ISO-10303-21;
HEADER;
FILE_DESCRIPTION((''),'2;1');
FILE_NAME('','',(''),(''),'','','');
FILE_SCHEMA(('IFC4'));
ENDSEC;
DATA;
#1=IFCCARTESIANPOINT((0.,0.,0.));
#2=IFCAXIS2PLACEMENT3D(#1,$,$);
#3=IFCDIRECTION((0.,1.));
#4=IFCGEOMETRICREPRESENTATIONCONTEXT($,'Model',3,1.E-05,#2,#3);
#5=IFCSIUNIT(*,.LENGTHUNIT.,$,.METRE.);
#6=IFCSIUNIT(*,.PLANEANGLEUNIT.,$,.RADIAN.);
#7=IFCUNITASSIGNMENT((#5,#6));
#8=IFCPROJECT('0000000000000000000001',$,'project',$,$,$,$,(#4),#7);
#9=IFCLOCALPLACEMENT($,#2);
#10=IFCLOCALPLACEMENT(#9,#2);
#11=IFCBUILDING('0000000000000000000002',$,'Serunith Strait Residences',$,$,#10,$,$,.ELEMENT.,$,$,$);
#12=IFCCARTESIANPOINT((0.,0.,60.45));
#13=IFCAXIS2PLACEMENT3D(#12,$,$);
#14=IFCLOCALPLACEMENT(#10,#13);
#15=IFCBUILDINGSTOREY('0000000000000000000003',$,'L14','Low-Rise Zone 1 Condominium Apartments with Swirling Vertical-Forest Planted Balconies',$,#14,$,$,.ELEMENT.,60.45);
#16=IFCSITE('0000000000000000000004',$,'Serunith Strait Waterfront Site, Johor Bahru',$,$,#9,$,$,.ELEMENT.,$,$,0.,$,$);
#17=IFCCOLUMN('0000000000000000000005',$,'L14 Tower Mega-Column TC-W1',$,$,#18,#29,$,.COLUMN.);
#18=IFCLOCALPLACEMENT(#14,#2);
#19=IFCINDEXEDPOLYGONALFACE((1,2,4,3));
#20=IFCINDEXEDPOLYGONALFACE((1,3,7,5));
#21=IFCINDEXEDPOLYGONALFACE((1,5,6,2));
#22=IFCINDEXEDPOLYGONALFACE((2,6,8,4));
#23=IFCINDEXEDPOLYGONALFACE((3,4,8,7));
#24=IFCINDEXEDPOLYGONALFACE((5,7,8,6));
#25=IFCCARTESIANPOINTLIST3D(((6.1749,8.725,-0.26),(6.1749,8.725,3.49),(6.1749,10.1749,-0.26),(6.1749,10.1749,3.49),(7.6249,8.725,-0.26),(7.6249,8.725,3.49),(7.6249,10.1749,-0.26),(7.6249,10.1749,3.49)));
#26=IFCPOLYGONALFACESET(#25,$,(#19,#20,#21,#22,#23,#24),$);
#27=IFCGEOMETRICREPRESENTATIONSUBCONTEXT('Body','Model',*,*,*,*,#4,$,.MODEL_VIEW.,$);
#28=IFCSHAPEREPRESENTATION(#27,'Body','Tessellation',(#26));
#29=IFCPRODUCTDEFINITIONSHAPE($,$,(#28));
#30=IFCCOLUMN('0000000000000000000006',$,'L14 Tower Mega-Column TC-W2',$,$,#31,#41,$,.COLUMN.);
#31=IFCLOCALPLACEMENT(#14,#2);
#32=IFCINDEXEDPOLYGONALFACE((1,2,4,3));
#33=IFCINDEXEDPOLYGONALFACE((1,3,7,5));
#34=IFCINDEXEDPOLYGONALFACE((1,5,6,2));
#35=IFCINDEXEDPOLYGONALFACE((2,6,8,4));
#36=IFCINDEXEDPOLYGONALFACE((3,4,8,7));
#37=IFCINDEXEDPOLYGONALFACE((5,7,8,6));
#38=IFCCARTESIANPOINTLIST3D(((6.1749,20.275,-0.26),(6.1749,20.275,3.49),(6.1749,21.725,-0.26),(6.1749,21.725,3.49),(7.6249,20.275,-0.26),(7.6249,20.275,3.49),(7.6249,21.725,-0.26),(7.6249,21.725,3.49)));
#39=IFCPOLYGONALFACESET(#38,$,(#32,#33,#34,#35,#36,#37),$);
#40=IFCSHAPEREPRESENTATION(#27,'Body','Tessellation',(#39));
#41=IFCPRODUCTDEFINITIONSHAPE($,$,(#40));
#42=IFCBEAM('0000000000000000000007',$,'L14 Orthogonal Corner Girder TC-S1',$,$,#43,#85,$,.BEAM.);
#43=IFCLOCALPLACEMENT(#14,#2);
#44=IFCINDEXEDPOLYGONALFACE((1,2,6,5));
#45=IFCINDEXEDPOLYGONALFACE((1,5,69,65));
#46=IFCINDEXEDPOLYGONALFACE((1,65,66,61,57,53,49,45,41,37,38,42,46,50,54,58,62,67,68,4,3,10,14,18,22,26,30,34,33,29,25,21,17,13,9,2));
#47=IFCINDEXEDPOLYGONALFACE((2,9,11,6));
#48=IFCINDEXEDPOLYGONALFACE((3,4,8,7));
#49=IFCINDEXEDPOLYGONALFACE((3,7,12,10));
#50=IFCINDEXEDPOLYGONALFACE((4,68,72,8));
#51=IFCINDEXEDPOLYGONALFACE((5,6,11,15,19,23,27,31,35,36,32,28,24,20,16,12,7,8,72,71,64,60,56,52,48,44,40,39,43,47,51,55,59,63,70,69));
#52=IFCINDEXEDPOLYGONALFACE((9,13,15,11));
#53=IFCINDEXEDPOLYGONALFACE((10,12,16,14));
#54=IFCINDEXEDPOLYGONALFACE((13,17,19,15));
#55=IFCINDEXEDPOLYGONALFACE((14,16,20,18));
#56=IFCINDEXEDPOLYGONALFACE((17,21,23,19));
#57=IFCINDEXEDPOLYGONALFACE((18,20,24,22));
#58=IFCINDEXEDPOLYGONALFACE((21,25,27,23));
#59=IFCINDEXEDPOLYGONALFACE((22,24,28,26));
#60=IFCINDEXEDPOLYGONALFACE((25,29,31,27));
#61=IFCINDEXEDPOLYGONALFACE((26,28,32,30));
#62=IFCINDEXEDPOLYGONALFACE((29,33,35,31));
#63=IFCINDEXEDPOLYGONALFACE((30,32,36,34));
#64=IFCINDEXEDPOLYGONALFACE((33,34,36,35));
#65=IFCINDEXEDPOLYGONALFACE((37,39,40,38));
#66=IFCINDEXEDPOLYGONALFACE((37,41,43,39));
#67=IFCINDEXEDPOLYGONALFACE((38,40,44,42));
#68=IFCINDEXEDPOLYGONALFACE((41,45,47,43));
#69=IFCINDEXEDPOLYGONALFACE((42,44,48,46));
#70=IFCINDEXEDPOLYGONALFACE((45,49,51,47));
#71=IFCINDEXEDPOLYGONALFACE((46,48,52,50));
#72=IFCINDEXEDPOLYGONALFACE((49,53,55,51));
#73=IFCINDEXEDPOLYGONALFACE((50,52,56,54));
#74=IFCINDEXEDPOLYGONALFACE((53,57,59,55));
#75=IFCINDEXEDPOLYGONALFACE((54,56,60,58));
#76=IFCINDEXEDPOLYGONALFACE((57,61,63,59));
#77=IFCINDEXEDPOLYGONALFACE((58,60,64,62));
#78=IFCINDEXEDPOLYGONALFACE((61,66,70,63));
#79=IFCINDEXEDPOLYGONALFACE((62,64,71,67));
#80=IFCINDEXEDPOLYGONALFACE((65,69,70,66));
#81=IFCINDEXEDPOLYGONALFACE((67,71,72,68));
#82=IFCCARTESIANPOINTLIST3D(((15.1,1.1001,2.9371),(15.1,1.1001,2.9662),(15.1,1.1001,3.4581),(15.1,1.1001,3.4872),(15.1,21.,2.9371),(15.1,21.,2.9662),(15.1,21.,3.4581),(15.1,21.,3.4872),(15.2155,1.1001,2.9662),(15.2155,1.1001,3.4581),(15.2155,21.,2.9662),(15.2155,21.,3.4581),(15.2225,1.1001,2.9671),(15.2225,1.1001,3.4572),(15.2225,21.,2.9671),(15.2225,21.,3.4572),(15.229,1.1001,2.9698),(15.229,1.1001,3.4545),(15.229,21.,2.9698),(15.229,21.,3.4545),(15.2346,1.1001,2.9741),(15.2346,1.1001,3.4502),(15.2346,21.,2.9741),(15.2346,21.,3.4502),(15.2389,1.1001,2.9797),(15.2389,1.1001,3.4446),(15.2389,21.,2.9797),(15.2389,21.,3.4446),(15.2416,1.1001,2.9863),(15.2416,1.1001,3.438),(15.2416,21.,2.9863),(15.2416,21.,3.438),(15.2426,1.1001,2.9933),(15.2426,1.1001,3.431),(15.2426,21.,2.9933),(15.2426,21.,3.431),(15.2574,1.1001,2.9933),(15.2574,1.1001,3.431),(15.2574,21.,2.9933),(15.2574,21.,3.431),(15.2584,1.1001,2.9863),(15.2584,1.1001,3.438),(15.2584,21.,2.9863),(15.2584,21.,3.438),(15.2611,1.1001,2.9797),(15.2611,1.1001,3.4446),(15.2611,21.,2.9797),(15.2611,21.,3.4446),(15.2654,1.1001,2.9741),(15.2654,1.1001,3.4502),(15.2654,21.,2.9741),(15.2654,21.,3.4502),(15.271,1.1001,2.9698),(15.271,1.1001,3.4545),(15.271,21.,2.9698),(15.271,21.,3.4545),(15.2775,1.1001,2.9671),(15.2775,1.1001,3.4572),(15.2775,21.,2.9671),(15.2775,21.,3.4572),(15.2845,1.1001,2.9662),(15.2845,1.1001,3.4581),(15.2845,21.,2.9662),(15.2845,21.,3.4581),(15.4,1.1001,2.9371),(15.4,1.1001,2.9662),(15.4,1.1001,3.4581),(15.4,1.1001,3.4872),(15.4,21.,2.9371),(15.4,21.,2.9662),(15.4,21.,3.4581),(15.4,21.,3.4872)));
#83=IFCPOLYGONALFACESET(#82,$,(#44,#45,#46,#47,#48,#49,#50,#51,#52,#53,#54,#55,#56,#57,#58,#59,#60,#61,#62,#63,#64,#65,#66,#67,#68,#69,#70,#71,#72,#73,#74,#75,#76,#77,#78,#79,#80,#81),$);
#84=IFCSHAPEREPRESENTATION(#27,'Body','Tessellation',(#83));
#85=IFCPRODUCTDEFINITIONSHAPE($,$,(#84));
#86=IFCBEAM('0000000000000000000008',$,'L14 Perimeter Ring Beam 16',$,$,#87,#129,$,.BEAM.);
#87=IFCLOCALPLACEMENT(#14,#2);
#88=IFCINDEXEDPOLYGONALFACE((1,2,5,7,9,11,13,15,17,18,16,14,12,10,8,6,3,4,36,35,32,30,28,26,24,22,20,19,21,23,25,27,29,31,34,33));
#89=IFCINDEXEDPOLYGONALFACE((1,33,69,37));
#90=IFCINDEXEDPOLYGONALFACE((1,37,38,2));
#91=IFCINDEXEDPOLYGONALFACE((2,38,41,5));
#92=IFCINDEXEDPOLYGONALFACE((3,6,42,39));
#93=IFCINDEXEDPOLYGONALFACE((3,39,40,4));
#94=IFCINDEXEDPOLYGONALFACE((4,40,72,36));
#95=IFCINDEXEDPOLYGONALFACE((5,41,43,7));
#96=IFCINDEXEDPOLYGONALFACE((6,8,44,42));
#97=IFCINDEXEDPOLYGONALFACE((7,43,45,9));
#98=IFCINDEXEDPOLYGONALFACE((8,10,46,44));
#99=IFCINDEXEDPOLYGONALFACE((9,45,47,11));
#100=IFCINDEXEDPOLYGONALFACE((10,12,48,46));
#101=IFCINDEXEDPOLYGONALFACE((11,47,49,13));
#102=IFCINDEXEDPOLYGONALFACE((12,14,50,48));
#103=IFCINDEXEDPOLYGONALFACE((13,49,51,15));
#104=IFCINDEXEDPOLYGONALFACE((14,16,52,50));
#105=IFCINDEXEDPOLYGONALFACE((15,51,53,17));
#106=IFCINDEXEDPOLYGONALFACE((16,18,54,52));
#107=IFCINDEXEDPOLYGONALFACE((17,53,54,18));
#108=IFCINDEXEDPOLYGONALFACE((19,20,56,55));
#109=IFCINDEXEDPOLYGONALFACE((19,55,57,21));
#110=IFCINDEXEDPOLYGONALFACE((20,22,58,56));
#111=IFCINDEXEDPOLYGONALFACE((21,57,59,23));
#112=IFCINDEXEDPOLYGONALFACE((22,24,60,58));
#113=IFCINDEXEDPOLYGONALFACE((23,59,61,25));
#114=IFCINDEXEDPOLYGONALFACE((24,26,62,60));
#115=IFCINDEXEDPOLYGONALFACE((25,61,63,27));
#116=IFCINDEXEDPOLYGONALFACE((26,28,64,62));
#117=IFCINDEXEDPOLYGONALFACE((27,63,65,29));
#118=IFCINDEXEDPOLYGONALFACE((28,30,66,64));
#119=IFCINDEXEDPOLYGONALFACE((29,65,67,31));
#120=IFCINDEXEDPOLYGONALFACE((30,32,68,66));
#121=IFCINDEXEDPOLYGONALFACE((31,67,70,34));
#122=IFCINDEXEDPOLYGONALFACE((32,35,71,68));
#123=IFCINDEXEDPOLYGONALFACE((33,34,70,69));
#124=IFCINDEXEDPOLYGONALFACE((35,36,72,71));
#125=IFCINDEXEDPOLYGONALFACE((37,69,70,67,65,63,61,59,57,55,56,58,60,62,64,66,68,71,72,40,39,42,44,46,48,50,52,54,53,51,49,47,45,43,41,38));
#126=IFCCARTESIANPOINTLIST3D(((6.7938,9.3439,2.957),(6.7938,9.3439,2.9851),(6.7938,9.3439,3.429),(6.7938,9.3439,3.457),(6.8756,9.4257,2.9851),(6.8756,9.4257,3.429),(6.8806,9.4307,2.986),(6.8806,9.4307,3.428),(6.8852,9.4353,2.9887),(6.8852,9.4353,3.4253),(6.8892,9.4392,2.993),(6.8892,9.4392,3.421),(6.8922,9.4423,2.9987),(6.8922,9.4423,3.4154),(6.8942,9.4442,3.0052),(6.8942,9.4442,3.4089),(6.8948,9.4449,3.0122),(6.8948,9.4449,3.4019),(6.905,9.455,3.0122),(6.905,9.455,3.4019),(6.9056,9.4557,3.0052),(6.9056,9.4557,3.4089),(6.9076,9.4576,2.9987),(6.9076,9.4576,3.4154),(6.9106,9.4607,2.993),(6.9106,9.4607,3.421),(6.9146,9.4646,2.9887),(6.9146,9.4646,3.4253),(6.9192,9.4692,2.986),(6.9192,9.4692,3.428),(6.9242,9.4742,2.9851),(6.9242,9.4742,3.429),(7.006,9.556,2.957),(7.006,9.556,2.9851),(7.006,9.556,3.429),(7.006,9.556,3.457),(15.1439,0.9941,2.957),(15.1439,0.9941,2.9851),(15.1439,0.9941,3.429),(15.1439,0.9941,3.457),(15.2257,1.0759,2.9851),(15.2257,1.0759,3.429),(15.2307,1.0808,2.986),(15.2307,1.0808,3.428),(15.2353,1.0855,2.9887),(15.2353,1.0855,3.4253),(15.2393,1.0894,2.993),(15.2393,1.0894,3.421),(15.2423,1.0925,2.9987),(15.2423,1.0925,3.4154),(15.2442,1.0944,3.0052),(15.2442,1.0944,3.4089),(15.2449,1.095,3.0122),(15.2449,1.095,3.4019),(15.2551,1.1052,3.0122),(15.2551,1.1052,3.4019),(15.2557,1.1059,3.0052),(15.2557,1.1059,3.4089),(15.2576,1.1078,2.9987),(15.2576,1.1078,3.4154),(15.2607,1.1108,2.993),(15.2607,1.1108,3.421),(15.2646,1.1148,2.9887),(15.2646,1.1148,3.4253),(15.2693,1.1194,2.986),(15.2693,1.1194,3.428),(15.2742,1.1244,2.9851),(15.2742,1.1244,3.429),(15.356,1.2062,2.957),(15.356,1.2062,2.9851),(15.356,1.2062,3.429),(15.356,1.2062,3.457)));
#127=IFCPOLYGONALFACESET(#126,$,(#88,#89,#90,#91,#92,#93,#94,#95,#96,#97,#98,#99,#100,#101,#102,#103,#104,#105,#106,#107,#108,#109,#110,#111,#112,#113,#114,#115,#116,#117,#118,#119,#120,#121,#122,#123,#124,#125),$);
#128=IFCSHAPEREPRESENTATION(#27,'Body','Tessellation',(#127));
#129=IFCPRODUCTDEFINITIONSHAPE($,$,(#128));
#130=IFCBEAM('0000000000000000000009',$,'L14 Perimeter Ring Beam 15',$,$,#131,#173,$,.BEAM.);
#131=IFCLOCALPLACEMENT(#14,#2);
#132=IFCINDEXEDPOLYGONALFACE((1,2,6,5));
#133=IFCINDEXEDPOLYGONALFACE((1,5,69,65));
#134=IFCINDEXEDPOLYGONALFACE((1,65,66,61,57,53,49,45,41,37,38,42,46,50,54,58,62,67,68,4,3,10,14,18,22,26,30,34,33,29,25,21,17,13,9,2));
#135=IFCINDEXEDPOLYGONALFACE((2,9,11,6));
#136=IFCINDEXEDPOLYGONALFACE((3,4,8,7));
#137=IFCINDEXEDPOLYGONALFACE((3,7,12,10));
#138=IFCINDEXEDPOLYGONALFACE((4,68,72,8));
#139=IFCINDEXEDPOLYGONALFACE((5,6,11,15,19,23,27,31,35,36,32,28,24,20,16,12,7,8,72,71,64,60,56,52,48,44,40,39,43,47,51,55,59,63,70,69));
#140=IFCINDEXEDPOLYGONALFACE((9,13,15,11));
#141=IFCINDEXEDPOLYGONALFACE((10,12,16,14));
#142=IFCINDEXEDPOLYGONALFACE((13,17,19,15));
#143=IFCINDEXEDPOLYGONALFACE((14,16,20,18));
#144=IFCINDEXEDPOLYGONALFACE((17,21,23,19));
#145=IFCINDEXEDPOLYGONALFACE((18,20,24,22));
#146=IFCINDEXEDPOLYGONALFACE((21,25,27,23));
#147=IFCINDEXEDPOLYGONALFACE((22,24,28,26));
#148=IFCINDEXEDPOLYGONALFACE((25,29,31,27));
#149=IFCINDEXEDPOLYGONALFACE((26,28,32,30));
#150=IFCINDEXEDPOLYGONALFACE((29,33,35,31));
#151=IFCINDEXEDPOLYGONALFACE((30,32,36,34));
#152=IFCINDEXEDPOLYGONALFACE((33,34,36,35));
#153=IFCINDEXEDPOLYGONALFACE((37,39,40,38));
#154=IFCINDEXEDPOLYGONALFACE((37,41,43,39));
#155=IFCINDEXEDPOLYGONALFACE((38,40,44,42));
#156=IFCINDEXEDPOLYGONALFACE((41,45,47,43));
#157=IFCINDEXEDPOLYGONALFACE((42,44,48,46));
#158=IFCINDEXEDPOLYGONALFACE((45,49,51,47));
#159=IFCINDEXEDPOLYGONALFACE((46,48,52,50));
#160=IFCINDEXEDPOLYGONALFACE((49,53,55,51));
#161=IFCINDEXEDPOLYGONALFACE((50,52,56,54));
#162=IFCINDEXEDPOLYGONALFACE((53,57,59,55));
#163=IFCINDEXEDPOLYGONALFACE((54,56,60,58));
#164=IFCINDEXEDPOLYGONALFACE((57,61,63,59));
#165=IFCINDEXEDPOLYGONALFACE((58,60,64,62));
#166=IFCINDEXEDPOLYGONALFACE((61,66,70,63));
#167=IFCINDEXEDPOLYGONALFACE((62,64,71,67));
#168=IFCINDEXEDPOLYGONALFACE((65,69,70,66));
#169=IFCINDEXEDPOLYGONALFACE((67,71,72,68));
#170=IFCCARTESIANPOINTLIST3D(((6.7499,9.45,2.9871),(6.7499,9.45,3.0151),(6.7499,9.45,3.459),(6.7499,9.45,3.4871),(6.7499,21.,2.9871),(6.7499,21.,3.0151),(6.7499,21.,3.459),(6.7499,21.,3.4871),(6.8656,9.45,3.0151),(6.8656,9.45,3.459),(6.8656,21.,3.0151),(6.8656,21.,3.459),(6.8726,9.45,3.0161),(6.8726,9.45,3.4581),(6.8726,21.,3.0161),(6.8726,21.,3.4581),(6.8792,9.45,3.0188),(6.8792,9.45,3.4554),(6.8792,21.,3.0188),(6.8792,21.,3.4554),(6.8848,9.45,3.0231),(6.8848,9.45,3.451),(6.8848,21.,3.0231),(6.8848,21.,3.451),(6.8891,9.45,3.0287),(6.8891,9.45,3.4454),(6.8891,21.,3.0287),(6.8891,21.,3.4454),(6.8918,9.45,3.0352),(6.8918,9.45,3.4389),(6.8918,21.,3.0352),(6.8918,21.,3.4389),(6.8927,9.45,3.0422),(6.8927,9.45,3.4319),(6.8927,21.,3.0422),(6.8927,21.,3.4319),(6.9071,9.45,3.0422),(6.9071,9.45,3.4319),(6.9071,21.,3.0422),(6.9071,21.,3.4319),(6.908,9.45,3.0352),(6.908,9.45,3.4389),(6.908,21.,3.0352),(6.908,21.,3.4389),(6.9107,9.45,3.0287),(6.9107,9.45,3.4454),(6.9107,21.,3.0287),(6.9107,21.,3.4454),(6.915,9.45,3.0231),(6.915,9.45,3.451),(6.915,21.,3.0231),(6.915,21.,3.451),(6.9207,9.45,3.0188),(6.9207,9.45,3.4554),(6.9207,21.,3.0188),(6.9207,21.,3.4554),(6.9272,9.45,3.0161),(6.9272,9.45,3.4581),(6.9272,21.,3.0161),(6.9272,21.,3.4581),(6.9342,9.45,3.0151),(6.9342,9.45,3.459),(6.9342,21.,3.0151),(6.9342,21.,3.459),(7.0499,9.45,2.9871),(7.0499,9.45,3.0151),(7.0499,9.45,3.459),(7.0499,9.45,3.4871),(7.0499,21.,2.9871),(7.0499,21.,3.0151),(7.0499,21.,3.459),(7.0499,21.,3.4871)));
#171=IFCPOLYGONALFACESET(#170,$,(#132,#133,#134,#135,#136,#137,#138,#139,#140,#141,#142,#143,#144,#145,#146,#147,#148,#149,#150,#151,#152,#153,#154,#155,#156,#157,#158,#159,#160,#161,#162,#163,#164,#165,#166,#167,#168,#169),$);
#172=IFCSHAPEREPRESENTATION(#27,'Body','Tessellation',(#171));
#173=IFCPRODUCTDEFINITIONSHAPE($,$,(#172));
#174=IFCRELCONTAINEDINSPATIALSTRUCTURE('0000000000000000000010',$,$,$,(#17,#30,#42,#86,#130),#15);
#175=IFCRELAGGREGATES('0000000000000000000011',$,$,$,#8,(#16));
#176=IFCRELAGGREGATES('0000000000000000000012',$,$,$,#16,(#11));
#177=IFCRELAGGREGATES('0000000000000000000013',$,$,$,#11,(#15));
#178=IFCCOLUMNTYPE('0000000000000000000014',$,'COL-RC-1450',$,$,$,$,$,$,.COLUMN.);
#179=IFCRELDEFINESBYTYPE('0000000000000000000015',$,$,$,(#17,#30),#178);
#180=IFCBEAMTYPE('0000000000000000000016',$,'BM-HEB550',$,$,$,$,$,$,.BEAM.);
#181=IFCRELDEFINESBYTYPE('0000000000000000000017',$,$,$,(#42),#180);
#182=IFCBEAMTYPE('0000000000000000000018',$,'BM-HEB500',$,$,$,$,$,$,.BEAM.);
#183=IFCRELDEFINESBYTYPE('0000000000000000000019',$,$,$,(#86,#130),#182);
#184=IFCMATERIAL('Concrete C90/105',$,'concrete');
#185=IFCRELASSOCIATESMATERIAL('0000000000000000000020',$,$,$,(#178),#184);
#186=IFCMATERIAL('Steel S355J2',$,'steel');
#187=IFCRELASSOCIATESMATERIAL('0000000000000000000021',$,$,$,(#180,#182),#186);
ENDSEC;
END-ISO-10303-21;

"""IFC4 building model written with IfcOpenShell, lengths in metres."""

from ifc_helpers import new_model, si_unit, direction, frame, origin, origin_2d, place, context, subcontext, project, spatial, rectangle, i_section, extrude, source, transform, mapped, material, material_profile, profile_set, type_object, element, save


model = new_model("IFC4")

# Units and contexts
model_context = context("Model", 3, precision=1e-05, world=origin(), true_north=direction((0.0, 1.0)))
body_context = subcontext(model_context, "Body", "Model", "MODEL_VIEW")
ifc_project = project(units=[si_unit("LENGTHUNIT", "METRE"), si_unit("PLANEANGLEUNIT", "RADIAN")], contexts=[model_context])

# Site, building, storey
site_placement = place(None, origin())
site = spatial("IfcSite", under=ifc_project, at=site_placement, Name="Serunith Strait Waterfront Site, Johor Bahru", CompositionType="ELEMENT", RefElevation=0.0)
building_placement = place(site_placement, origin())
building = spatial("IfcBuilding", under=site, at=building_placement, Name="Serunith Strait Residences", CompositionType="ELEMENT")
storey_placement = place(building_placement, frame((0.0, 0.0, 60.45)))
storey = spatial("IfcBuildingStorey", under=building, at=storey_placement, Name="L14", Description="Low-Rise Zone 1 Condominium Apartments with Swirling Vertical-Forest Planted Balconies", CompositionType="ELEMENT", Elevation=60.45)

# Columns
ifc_material_1 = material(Name="Concrete C90/105", Category="concrete")
ifc_material_profile_1 = material_profile(ifc_material_1, rectangle(XDim=1.45, YDim=1.45, at=origin_2d()), Name="RC 1450x1450")
ifc_profile_set_1 = profile_set([ifc_material_profile_1], Name="Concrete C90/105")
column_type = type_object("IfcColumnType", Name="COL-RC-1450", PredefinedType="COLUMN", material=ifc_profile_set_1)
shared_shape_1 = source(origin(), body_context, "Body", "SweptSolid", [
    extrude(rectangle(XDim=1.45, YDim=1.45, at=origin_2d()), origin(), (0.0, 0.0, 1.0), 3.75),
])
for number, where, z_axis, x_axis, name in (
    (1, (6.8999, 9.45, -0.26), (0.0, 0.0, 1.0), (1.0, 0.0, 0.0), "L14 Tower Mega-Column TC-W1"),
    (2, (6.8999, 21.0, -0.26), (0.0, 0.0, 1.0), (1.0, 0.0, 0.0), "L14 Tower Mega-Column TC-W2"),
):
    element("IfcColumn", number, at=place(storey_placement, frame(where, z_axis=z_axis, x_axis=x_axis)), inside=storey, type_object=column_type, Name=name, PredefinedType="COLUMN", context=body_context, shape_type="MappedRepresentation", body=[
        mapped(shared_shape_1, transform((0.0, 0.0, 0.0), scale=1.0)),
    ])

# Beams
ifc_material_2 = material(Name="Steel S355J2", Category="steel")
ifc_material_profile_2 = material_profile(ifc_material_2, i_section(OverallWidth=0.3, OverallDepth=0.55, WebThickness=0.0149, FlangeThickness=0.0291, FilletRadius=0.0271, at=origin_2d()), Name="HEB 550")
ifc_profile_set_2 = profile_set([ifc_material_profile_2], Name="Steel S355J2")
beam_type_1 = type_object("IfcBeamType", Name="BM-HEB550", PredefinedType="BEAM", material=ifc_profile_set_2)
shared_shape_2 = source(origin(), body_context, "Body", "SweptSolid", [
    extrude(i_section(OverallWidth=0.3, OverallDepth=0.55, WebThickness=0.0149, FlangeThickness=0.0291, FilletRadius=0.0271, at=origin_2d()), origin(), (0.0, 0.0, 1.0), 19.8999),
])
beam_1_placement = place(storey_placement, frame((15.25, 21.0, 3.2122), z_axis=(0.0, -1.0, 0.0), x_axis=(1.0, 0.0, 0.0)))
element("IfcBeam", 3, at=beam_1_placement, inside=storey, type_object=beam_type_1, Name="L14 Orthogonal Corner Girder TC-S1", PredefinedType="BEAM", context=body_context, shape_type="MappedRepresentation", body=[
    mapped(shared_shape_2, transform((0.0, 0.0, 0.0), scale=1.0)),
])
ifc_material_profile_3 = material_profile(ifc_material_2, i_section(OverallWidth=0.3, OverallDepth=0.5, WebThickness=0.0144, FlangeThickness=0.0281, FilletRadius=0.0271, at=origin_2d()), Name="HEB 500")
ifc_profile_set_3 = profile_set([ifc_material_profile_3], Name="Steel S355J2")
beam_type_2 = type_object("IfcBeamType", Name="BM-HEB500", PredefinedType="BEAM", material=ifc_profile_set_3)
shared_shape_3 = source(origin(), body_context, "Body", "SweptSolid", [
    extrude(i_section(OverallWidth=0.3, OverallDepth=0.5, WebThickness=0.0144, FlangeThickness=0.0281, FilletRadius=0.0271, at=origin_2d()), origin(), (0.0, 0.0, 1.0), 11.8086),
])
beam_2_placement = place(storey_placement, frame((6.8999, 9.45, 3.207), z_axis=(0.707117, -0.707096, 0.0), x_axis=(0.707096, 0.707117, 0.0)))
element("IfcBeam", 4, at=beam_2_placement, inside=storey, type_object=beam_type_2, Name="L14 Perimeter Ring Beam 16", PredefinedType="BEAM", context=body_context, shape_type="MappedRepresentation", body=[
    mapped(shared_shape_3, transform((0.0, 0.0, 0.0), scale=1.0)),
])
shared_shape_4 = source(origin(), body_context, "Body", "SweptSolid", [
    extrude(i_section(OverallWidth=0.3, OverallDepth=0.5, WebThickness=0.0144, FlangeThickness=0.0281, FilletRadius=0.0271, at=origin_2d()), origin(), (0.0, 0.0, 1.0), 11.55),
])
beam_3_placement = place(storey_placement, frame((6.8999, 21.0, 3.2371), z_axis=(0.0, -1.0, 0.0), x_axis=(1.0, 0.0, 0.0)))
element("IfcBeam", 5, at=beam_3_placement, inside=storey, type_object=beam_type_2, Name="L14 Perimeter Ring Beam 15", PredefinedType="BEAM", context=body_context, shape_type="MappedRepresentation", body=[
    mapped(shared_shape_4, transform((0.0, 0.0, 0.0), scale=1.0)),
])

save(model, "model.ifc")
